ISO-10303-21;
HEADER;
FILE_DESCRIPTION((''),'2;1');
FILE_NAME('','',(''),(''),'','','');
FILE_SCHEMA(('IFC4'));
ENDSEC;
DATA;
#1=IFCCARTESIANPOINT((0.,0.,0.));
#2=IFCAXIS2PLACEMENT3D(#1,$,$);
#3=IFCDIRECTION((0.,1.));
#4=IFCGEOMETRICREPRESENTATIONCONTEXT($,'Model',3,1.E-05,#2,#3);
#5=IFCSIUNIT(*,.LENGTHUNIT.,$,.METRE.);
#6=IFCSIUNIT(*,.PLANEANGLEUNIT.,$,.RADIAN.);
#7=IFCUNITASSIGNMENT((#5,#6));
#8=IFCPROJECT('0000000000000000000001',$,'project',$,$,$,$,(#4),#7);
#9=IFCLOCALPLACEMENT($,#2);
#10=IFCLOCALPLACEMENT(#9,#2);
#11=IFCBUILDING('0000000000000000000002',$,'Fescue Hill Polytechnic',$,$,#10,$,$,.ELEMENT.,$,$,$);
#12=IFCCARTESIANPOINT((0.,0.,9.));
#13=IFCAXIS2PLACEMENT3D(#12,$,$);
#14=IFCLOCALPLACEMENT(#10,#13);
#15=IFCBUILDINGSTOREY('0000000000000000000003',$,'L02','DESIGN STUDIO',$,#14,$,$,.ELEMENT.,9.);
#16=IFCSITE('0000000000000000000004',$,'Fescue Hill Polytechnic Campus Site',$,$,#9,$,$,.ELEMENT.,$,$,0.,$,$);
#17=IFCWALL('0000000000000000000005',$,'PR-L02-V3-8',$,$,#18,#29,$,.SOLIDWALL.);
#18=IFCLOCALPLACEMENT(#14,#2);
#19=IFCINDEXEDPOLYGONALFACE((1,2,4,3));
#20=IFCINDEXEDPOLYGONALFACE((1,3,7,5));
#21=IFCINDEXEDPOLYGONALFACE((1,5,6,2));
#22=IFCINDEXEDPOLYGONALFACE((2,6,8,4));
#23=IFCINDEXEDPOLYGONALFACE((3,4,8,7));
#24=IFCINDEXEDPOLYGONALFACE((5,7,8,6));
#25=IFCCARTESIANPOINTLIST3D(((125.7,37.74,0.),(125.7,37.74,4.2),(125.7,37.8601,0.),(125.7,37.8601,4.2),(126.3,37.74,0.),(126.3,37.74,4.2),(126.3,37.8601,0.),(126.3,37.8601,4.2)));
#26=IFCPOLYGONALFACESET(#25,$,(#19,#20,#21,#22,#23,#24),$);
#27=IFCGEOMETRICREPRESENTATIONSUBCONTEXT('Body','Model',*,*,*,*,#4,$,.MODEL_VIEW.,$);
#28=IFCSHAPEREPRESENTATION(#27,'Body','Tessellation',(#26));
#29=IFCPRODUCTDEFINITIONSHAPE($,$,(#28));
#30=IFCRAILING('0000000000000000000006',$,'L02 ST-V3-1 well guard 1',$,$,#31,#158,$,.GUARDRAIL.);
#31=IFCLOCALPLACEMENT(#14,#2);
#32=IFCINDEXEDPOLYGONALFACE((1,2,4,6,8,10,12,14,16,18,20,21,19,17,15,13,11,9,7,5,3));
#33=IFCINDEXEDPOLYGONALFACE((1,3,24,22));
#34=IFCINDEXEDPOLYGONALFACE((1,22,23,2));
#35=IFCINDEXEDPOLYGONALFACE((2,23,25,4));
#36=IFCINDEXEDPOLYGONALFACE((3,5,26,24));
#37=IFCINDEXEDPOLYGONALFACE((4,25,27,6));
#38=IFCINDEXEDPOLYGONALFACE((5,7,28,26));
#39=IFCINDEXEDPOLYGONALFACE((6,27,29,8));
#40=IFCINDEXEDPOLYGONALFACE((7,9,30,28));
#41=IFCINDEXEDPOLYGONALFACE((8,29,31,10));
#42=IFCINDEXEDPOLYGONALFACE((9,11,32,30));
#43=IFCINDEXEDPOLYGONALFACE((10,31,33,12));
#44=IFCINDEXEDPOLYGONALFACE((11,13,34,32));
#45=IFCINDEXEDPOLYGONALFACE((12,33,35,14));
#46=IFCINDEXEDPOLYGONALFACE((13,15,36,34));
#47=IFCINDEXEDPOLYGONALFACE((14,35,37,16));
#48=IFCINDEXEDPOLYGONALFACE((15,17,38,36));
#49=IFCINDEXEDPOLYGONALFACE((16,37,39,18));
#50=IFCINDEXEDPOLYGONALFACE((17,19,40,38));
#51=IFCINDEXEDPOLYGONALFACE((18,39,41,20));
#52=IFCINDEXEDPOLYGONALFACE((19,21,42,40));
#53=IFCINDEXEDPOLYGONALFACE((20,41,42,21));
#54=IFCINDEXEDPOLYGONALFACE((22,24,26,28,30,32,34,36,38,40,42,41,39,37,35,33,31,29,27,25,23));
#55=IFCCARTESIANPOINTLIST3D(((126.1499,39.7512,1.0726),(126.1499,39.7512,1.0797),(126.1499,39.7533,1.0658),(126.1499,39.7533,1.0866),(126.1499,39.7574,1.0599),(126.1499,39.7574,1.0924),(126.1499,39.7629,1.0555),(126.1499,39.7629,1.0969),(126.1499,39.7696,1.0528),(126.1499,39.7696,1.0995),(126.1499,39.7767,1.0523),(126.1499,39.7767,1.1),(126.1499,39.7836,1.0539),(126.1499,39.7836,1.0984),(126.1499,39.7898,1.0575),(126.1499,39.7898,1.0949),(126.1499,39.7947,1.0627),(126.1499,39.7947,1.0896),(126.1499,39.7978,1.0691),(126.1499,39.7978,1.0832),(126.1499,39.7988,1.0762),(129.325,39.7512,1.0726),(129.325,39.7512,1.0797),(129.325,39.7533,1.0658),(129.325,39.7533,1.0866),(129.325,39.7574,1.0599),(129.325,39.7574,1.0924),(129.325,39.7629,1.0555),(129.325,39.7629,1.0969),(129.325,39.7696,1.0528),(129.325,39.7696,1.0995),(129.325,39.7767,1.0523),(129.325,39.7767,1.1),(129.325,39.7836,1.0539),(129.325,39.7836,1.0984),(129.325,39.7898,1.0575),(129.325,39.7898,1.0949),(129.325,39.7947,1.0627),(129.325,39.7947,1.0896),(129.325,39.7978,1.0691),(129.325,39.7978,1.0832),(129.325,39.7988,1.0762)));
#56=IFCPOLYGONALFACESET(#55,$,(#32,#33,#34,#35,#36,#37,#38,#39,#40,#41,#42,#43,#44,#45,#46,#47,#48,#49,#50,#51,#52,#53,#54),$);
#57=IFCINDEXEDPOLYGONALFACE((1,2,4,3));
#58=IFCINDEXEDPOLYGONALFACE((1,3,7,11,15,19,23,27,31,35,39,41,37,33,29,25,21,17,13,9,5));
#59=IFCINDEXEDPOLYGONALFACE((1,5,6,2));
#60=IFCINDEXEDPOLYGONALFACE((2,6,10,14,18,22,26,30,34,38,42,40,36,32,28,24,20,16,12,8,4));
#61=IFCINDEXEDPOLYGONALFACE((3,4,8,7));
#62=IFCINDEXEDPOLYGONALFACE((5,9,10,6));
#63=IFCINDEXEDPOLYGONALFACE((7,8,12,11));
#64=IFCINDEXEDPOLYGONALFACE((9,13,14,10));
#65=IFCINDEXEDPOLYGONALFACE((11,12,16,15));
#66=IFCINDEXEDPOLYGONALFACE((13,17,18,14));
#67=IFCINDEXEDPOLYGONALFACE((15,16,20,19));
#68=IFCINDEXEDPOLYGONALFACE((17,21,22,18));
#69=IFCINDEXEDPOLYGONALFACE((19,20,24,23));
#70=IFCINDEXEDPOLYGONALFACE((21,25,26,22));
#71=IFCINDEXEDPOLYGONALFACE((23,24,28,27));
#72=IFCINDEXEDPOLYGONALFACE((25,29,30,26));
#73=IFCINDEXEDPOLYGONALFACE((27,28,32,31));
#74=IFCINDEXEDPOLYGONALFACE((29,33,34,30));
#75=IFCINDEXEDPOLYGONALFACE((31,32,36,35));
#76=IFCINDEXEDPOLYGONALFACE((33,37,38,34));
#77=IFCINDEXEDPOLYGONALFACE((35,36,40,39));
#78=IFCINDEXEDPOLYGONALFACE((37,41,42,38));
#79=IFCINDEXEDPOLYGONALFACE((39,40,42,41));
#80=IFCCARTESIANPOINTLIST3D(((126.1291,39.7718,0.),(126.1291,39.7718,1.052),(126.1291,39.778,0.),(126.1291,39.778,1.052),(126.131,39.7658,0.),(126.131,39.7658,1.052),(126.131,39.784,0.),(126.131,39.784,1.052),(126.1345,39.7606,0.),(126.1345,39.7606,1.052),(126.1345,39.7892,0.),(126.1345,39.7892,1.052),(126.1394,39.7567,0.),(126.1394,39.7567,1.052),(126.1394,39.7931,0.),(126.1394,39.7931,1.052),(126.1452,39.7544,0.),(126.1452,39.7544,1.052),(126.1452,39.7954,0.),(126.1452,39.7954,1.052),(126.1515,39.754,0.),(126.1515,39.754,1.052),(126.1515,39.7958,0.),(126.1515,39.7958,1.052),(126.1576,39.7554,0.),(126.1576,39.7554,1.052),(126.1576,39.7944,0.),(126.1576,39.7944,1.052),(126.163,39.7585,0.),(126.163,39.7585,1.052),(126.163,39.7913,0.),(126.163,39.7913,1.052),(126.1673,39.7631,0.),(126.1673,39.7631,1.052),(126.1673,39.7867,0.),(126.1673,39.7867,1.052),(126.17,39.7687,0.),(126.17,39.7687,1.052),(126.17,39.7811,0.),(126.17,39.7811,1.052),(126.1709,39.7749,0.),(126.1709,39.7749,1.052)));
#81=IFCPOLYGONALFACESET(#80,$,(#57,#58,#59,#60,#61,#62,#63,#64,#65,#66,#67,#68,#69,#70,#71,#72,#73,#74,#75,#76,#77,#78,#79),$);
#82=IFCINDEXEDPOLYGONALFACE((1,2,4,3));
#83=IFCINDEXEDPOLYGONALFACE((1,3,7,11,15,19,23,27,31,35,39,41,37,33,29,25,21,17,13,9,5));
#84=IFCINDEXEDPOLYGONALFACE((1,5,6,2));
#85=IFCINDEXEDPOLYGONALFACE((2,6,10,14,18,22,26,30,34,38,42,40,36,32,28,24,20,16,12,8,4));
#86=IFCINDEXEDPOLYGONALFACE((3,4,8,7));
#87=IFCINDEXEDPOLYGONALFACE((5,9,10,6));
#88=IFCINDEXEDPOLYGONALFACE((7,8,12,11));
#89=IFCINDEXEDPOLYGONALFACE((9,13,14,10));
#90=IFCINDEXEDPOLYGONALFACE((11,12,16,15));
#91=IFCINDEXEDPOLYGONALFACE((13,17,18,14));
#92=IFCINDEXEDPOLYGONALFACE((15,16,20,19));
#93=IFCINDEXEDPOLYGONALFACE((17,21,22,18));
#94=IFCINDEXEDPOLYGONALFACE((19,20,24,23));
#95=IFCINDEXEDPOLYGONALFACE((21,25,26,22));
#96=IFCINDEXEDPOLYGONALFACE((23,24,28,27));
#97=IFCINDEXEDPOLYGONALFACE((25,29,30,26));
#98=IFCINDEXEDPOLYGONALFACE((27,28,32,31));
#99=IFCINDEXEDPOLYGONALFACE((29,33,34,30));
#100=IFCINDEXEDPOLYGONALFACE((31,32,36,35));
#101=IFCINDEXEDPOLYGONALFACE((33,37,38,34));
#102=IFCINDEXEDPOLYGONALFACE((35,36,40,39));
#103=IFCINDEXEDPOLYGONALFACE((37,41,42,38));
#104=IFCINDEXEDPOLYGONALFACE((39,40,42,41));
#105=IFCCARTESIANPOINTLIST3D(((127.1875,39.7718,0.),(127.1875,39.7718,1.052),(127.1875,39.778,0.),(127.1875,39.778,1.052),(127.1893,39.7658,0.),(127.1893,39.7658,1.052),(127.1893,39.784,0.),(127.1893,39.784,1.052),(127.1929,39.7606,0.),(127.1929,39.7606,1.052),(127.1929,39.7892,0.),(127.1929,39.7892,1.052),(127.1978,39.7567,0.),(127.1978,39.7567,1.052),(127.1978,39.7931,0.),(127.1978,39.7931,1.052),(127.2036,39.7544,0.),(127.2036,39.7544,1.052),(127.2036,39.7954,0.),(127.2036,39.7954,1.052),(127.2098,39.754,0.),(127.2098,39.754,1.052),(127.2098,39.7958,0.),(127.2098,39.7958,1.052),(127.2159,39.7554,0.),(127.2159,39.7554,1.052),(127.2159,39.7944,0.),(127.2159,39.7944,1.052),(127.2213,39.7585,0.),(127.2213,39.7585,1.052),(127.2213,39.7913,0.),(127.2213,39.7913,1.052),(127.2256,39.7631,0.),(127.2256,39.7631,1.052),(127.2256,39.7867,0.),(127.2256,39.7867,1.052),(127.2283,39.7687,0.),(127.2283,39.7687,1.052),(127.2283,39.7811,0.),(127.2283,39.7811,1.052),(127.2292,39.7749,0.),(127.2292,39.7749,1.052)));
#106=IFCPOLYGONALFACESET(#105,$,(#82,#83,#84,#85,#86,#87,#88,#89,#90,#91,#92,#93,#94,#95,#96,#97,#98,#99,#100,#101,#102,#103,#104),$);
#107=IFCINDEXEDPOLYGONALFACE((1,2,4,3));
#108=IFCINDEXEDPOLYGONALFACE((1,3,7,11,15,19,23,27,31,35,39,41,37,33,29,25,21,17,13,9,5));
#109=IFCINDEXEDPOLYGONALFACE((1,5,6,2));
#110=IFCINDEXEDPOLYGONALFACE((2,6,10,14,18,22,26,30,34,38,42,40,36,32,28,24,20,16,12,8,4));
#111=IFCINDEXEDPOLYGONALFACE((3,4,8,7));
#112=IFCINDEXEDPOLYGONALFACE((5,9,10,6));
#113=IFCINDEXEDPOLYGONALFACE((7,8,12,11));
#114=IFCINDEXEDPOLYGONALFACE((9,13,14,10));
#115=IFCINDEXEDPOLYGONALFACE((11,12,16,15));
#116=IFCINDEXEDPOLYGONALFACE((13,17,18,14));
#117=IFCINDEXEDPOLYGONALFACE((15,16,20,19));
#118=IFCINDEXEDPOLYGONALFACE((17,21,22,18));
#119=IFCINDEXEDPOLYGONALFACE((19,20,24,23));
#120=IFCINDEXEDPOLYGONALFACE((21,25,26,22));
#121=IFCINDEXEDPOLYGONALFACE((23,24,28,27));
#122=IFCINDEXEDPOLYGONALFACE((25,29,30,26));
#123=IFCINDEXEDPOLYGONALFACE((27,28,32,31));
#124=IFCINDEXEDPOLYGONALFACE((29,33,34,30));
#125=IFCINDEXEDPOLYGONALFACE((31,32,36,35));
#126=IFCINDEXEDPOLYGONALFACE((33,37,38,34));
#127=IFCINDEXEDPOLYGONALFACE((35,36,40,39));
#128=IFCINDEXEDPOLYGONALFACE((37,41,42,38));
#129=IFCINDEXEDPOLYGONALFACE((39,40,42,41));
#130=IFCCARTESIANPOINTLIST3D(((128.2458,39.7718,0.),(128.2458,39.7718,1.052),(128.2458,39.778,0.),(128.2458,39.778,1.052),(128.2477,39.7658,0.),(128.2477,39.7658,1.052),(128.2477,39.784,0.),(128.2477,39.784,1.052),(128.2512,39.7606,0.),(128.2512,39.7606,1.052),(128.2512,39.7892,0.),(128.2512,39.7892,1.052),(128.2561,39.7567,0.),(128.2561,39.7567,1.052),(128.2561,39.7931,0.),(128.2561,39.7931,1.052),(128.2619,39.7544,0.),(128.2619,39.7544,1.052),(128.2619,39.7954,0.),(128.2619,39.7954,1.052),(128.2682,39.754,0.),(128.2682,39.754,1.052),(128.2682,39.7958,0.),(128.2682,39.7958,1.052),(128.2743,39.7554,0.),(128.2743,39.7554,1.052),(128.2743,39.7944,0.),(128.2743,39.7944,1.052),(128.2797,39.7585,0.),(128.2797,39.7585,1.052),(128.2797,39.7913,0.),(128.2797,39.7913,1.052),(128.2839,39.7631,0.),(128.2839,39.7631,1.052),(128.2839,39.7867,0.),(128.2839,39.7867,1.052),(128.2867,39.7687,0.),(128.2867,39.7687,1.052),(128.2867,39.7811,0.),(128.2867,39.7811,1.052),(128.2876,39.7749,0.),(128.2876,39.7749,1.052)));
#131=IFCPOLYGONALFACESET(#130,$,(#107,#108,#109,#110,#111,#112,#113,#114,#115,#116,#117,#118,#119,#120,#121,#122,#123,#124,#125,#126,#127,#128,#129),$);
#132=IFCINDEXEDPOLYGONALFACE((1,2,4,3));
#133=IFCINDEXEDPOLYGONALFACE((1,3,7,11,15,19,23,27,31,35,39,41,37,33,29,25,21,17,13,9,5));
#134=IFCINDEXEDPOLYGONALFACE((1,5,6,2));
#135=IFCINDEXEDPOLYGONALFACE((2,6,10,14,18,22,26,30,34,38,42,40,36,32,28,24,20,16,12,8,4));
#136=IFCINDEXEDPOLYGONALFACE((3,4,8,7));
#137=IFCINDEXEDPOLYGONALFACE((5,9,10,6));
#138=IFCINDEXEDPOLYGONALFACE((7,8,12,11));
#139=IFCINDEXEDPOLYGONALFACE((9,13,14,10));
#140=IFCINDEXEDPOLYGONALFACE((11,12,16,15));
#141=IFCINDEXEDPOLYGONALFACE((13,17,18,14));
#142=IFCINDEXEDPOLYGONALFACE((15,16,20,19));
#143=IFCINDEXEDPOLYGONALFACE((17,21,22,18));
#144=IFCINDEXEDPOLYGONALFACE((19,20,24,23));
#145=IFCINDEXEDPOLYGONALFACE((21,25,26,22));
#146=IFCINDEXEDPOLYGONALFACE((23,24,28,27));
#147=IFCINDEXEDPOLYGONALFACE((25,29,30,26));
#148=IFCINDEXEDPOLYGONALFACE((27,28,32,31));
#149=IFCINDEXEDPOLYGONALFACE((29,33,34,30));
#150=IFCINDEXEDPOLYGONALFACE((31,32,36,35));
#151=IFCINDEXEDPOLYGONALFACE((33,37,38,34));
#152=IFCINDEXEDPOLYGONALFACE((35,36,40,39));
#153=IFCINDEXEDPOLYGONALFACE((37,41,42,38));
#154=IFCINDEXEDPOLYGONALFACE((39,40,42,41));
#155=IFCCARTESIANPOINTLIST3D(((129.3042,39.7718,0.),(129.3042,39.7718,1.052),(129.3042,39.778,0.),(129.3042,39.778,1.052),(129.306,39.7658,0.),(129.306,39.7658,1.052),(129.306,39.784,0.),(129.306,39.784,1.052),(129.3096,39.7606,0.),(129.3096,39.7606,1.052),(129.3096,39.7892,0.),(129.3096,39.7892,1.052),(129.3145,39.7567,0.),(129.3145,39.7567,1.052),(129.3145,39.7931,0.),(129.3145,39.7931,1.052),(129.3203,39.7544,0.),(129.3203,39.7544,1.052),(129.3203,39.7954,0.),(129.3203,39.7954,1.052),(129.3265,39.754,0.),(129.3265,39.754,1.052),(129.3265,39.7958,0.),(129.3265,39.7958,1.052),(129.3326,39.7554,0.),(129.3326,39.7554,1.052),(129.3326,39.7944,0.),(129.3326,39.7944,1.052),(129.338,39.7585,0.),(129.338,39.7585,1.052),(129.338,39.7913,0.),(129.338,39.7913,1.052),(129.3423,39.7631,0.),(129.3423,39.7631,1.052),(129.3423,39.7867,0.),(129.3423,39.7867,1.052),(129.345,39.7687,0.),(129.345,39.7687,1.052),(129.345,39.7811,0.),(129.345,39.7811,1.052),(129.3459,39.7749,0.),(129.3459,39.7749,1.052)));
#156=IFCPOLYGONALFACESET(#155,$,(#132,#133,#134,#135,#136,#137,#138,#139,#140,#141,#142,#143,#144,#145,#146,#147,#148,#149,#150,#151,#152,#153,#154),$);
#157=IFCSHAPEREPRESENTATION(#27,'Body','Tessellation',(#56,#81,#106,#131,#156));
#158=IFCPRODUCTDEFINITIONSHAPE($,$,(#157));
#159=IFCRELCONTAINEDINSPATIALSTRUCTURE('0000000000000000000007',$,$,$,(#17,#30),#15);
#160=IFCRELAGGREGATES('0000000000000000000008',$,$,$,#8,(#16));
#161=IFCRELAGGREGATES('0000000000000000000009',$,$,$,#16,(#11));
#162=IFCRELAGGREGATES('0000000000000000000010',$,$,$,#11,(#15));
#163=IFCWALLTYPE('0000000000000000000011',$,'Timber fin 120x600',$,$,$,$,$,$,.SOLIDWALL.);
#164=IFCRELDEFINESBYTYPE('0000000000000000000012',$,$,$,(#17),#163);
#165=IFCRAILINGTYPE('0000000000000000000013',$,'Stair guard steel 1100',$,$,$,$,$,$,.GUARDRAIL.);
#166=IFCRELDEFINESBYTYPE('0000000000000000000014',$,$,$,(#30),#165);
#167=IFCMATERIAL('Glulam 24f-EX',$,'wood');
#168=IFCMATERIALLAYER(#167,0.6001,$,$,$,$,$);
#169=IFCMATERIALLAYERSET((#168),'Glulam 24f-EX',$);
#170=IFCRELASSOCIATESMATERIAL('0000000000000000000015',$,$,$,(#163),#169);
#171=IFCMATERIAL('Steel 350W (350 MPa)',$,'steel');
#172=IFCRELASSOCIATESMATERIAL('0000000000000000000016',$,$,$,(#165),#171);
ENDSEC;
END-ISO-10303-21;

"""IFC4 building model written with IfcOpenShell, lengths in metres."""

from ifc_helpers import new_model, si_unit, direction, frame, frame_2d, origin, origin_2d, place, context, subcontext, project, spatial, rectangle, circle, extrude, material, layer, layer_set, type_object, element, save


model = new_model("IFC4")

# Units and contexts
model_context = context("Model", 3, precision=1e-05, world=origin(), true_north=direction((0.0, 1.0)))
body_context = subcontext(model_context, "Body", "Model", "MODEL_VIEW")
ifc_project = project(units=[si_unit("LENGTHUNIT", "METRE"), si_unit("PLANEANGLEUNIT", "RADIAN")], contexts=[model_context])

# Site, building, storey
site_placement = place(None, origin())
site = spatial("IfcSite", under=ifc_project, at=site_placement, Name="Fescue Hill Polytechnic Campus Site", CompositionType="ELEMENT", RefElevation=0.0)
building_placement = place(site_placement, origin())
building = spatial("IfcBuilding", under=site, at=building_placement, Name="Fescue Hill Polytechnic", CompositionType="ELEMENT")
storey_placement = place(building_placement, frame((0.0, 0.0, 9.0)))
storey = spatial("IfcBuildingStorey", under=building, at=storey_placement, Name="L02", Description="DESIGN STUDIO", CompositionType="ELEMENT", Elevation=9.0)

# Shared definitions
ifc_material_1 = material(Name="Steel 350W (350 MPa)", Category="steel")

# Wall
ifc_material_2 = material(Name="Glulam 24f-EX", Category="wood")
ifc_layer_1 = layer(ifc_material_2, 0.6001)
ifc_layer_set_1 = layer_set([ifc_layer_1], Name="Glulam 24f-EX")
wall_type_1 = type_object("IfcWallType", Name="Timber fin 120x600", PredefinedType="SOLIDWALL", material=ifc_layer_set_1)
wall_1_placement = place(storey_placement, frame((126.0, 37.8601, 0.0), z_axis=(0.0, 0.0, 1.0), x_axis=(0.0, -1.0, 0.0)))
element("IfcWall", 1, at=wall_1_placement, inside=storey, type_object=wall_type_1, Name="PR-L02-V3-8", PredefinedType="SOLIDWALL", context=body_context, shape_type="SweptSolid", body=[
    extrude(rectangle(XDim=0.1201, YDim=0.6001, at=frame_2d((0.0601, 0.0))), origin(), (0.0, 0.0, 1.0), 4.2),
])

# Railing
railing_type = type_object("IfcRailingType", Name="Stair guard steel 1100", PredefinedType="GUARDRAIL", material=ifc_material_1)
railing_placement = place(storey_placement, frame((126.1499, 39.7749, 0.0)))
element("IfcRailing", 2, at=railing_placement, inside=storey, type_object=railing_type, Name="L02 ST-V3-1 well guard 1", PredefinedType="GUARDRAIL", context=body_context, shape_type="SweptSolid", body=[
    extrude(circle(Radius=0.0239, at=origin_2d()), frame((0.0, 0.0, 1.0762), z_axis=(1.0, 0.0, 0.0), x_axis=(0.0, 1.0, 0.0)), (0.0, 0.0, 1.0), 3.175),
    extrude(circle(Radius=0.021, at=origin_2d()), origin(), (0.0, 0.0, 1.0), 1.052),
    extrude(circle(Radius=0.021, at=origin_2d()), frame((1.0583, 0.0, 0.0)), (0.0, 0.0, 1.0), 1.052),
    extrude(circle(Radius=0.021, at=origin_2d()), frame((2.1167, 0.0, 0.0)), (0.0, 0.0, 1.0), 1.052),
    extrude(circle(Radius=0.021, at=origin_2d()), frame((3.175, 0.0, 0.0)), (0.0, 0.0, 1.0), 1.052),
])

save(model, "model.ifc")
